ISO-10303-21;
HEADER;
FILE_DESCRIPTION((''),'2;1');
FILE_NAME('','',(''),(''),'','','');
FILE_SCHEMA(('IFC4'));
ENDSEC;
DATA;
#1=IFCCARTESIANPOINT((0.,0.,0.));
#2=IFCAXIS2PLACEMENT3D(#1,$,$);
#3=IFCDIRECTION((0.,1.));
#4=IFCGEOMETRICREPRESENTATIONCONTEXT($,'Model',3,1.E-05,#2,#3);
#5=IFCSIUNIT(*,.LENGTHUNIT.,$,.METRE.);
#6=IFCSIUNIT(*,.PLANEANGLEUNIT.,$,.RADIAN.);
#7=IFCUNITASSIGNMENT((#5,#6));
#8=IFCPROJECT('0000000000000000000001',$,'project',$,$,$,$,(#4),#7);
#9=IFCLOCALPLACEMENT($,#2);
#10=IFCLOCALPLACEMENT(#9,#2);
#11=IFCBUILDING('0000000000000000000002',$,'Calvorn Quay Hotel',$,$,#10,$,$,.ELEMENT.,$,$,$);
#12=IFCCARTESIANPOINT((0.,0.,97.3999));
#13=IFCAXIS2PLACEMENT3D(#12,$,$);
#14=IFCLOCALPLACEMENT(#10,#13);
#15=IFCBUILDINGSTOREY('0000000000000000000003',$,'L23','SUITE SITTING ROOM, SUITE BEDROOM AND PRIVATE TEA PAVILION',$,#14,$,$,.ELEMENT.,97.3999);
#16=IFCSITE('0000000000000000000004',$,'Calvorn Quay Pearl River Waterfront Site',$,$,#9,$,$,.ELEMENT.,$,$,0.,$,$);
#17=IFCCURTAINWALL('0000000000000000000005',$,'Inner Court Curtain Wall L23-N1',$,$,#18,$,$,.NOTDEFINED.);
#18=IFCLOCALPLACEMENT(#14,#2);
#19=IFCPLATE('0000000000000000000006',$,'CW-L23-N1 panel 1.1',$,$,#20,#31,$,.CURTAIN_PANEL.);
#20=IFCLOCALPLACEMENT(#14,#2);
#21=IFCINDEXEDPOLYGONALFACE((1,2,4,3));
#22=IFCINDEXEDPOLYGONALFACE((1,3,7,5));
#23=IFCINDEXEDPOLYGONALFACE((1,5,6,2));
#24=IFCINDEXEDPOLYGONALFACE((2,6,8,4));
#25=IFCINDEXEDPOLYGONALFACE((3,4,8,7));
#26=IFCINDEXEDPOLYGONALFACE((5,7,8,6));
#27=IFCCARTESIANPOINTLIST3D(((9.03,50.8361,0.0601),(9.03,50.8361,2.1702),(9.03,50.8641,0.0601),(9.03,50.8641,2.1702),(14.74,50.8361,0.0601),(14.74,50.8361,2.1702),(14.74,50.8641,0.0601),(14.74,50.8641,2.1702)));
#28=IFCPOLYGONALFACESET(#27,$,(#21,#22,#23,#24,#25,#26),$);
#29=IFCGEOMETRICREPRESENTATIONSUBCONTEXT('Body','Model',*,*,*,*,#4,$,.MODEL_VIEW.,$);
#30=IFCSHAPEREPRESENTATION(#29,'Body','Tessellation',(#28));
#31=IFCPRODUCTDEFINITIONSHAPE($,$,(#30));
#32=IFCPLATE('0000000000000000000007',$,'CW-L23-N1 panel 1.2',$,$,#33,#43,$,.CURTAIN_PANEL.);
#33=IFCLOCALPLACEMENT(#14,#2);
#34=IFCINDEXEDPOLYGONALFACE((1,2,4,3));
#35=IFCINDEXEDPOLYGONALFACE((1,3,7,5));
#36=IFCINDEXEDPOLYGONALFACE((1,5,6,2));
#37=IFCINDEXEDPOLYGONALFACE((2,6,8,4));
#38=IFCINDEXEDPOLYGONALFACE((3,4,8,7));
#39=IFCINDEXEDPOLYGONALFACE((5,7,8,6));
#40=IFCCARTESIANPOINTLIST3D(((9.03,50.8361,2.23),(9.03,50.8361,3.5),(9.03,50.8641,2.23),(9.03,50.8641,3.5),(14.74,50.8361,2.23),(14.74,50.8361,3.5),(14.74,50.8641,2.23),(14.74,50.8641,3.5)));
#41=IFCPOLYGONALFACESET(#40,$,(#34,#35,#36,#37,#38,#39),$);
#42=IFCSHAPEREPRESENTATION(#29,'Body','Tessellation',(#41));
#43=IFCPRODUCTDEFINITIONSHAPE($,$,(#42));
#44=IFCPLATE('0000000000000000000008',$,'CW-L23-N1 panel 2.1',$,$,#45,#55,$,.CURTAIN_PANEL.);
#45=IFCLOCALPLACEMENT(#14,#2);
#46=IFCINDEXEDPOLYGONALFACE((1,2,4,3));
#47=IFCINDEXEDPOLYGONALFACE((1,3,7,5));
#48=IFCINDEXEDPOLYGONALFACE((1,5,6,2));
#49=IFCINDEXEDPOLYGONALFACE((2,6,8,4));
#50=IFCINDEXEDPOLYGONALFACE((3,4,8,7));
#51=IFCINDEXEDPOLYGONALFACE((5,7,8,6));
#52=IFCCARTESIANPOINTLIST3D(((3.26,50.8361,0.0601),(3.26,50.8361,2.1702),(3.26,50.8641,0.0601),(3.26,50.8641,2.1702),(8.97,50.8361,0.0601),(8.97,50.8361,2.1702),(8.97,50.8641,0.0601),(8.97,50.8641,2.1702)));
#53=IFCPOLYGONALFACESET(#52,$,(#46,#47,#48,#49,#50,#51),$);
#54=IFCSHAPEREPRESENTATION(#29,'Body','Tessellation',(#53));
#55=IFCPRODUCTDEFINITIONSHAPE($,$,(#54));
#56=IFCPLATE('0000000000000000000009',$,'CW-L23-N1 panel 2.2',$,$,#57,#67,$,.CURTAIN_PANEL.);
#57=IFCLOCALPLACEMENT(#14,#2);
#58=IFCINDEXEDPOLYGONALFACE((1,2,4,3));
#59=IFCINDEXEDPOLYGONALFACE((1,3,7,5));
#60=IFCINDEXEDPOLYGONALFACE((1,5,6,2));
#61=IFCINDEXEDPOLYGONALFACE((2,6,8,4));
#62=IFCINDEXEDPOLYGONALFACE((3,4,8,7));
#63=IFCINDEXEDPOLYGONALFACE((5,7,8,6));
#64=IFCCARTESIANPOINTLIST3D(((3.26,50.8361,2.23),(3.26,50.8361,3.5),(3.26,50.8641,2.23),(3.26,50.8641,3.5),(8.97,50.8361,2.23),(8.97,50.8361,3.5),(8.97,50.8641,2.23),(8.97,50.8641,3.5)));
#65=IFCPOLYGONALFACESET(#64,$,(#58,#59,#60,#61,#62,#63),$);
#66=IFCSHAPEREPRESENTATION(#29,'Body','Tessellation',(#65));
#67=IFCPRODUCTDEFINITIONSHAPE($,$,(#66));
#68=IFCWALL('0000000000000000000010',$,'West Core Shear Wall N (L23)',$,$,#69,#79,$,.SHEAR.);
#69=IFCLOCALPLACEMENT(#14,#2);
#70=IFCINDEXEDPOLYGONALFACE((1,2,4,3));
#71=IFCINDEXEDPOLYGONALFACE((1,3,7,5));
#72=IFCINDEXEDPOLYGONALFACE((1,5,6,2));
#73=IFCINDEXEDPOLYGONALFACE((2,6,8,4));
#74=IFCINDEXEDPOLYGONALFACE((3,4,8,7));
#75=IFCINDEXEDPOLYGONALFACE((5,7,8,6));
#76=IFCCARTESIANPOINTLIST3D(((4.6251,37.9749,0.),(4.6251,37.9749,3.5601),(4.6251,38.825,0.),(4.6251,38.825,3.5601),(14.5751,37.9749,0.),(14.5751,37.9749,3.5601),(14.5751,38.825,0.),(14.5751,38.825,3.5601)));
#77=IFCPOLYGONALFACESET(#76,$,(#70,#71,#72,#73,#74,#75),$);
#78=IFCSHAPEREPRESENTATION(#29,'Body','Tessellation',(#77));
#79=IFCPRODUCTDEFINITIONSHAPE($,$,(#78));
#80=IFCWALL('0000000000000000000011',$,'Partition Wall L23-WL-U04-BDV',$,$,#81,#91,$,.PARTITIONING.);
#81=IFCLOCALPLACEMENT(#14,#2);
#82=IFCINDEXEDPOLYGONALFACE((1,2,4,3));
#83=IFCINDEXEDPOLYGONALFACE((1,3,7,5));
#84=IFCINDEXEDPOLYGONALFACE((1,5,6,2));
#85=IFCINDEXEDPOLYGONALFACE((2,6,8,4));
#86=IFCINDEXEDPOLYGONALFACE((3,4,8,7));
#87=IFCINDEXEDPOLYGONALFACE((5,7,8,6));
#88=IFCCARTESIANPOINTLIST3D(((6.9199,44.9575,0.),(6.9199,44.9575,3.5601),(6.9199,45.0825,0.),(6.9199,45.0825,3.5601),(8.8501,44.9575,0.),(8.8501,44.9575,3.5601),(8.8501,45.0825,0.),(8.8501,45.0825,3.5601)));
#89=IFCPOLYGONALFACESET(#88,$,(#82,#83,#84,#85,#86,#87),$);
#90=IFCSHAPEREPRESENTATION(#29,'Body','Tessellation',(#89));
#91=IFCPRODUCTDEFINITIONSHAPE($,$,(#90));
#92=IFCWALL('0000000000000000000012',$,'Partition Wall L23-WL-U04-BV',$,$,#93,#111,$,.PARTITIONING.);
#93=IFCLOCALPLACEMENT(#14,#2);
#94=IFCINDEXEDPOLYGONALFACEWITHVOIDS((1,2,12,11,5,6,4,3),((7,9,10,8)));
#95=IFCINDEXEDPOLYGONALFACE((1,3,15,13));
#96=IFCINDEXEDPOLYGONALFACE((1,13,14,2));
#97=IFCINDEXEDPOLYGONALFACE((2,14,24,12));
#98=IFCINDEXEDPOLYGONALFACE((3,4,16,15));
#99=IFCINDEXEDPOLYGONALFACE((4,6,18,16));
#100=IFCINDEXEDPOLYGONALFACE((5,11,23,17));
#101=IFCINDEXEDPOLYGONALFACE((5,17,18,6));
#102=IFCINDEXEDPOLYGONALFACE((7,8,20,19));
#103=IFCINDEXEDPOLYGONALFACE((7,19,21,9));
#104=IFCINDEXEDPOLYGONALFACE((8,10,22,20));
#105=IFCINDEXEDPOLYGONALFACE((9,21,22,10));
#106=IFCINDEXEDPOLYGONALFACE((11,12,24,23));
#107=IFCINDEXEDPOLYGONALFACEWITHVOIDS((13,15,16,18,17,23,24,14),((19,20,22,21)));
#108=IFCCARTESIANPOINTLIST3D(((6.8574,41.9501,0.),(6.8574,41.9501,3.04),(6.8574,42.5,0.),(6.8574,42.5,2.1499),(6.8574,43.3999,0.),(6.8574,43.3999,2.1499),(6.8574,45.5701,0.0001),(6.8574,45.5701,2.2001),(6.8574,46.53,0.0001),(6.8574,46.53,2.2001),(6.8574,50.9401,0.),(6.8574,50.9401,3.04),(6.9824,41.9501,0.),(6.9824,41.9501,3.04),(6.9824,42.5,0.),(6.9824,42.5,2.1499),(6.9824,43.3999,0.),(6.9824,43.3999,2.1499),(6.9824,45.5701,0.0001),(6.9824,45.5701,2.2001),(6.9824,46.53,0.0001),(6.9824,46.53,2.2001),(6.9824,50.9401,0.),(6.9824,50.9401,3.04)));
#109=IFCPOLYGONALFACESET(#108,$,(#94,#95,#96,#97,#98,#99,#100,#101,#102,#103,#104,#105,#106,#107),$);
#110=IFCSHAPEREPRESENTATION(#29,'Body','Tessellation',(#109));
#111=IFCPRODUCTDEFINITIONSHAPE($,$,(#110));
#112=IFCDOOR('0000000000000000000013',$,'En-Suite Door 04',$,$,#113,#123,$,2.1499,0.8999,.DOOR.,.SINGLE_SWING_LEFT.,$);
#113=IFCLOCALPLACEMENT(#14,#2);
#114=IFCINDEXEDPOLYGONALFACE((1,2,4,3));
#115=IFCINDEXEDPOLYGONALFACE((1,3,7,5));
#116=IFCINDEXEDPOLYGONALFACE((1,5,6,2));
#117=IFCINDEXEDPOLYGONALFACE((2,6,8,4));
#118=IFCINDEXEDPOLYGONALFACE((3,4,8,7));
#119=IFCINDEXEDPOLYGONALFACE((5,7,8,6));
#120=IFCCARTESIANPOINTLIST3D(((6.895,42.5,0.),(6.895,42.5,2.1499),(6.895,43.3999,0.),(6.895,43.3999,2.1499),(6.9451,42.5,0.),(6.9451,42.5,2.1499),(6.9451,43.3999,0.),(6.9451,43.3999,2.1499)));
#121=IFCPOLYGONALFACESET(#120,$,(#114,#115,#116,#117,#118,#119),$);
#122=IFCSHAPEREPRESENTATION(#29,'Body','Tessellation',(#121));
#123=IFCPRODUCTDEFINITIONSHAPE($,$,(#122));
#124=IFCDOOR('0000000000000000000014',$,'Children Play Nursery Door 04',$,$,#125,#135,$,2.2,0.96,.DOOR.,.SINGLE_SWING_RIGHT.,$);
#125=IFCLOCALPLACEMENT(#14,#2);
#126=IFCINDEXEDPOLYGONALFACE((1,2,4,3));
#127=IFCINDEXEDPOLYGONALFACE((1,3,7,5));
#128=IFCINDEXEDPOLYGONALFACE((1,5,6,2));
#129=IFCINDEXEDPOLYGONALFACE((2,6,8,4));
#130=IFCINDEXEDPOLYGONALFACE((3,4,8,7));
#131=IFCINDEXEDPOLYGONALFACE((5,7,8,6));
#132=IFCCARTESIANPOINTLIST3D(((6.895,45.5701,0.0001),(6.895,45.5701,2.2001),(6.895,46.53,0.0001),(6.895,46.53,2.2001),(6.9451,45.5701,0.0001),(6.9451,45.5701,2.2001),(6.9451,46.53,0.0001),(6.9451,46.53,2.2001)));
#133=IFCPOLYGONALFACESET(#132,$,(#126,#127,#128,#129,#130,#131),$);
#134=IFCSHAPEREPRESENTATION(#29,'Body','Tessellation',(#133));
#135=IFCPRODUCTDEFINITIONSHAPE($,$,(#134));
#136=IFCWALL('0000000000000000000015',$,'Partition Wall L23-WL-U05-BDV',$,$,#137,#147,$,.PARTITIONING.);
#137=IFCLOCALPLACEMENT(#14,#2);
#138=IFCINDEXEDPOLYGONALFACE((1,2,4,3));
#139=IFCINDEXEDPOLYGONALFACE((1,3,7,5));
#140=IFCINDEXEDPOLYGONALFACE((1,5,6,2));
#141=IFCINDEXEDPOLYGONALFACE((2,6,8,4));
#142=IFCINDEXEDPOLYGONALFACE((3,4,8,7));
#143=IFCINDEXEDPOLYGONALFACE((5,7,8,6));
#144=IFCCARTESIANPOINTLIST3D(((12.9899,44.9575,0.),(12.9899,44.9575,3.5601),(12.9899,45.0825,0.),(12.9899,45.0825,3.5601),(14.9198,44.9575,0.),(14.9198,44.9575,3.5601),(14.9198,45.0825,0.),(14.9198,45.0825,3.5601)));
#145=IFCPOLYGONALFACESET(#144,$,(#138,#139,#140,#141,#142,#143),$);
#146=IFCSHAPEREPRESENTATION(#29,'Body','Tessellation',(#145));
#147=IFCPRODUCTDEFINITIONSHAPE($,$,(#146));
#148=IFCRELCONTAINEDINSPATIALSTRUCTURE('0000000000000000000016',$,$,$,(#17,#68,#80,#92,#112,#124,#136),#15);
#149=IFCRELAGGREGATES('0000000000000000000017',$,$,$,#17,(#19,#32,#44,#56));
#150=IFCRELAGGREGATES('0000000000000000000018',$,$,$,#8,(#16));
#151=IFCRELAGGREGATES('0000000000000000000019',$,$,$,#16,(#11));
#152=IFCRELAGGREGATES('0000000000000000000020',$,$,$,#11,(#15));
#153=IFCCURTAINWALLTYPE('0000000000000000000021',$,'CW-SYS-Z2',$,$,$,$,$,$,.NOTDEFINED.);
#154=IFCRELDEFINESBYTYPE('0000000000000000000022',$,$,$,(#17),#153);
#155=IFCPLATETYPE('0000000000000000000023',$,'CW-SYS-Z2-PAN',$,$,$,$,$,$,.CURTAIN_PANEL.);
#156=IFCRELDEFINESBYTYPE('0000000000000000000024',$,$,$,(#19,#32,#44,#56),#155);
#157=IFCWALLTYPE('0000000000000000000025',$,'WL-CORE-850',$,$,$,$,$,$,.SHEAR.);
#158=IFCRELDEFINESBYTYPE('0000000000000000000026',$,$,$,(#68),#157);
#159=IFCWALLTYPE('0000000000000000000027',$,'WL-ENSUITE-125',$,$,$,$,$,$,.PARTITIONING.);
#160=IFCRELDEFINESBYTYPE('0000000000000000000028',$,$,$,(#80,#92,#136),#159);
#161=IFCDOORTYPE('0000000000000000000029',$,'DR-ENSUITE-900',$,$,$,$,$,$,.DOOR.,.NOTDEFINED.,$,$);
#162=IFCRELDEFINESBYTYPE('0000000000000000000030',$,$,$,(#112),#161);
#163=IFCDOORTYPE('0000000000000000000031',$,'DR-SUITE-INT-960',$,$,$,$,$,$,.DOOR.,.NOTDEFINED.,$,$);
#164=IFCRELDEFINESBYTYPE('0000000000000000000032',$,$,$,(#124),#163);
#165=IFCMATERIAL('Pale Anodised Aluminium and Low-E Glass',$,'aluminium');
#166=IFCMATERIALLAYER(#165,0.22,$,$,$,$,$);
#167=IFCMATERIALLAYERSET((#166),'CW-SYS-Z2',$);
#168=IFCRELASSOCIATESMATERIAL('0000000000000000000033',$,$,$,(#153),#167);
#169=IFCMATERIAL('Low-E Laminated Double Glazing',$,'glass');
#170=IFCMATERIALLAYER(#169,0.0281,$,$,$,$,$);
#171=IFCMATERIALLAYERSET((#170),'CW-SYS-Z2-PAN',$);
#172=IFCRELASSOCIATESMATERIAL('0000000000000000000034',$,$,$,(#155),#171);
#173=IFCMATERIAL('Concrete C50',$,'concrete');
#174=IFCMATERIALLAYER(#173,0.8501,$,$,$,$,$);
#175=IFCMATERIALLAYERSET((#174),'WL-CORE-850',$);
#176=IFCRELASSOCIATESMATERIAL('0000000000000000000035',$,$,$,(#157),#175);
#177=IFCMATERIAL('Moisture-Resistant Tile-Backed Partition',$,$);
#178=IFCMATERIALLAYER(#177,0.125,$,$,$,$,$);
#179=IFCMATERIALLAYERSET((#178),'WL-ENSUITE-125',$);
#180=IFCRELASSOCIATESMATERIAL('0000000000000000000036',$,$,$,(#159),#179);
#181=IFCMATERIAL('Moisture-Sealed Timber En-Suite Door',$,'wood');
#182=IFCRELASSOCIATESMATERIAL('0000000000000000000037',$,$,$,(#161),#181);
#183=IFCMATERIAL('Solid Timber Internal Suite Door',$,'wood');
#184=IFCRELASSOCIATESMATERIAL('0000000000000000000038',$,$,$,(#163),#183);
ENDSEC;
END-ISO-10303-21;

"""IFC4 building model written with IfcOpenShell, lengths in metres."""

from ifc_helpers import new_model, si_unit, direction, frame, frame_2d, origin, origin_2d, place, context, subcontext, project, spatial, rectangle, extrude, material, layer, layer_set, type_object, element, fill, aggregate, save


model = new_model("IFC4")

# Units and contexts
model_context = context("Model", 3, precision=1e-05, world=origin(), true_north=direction((0.0, 1.0)))
body_context = subcontext(model_context, "Body", "Model", "MODEL_VIEW")
ifc_project = project(units=[si_unit("LENGTHUNIT", "METRE"), si_unit("PLANEANGLEUNIT", "RADIAN")], contexts=[model_context])

# Site, building, storey
site_placement = place(None, origin())
site = spatial("IfcSite", under=ifc_project, at=site_placement, Name="Calvorn Quay Pearl River Waterfront Site", CompositionType="ELEMENT", RefElevation=0.0)
building_placement = place(site_placement, origin())
building = spatial("IfcBuilding", under=site, at=building_placement, Name="Calvorn Quay Hotel", CompositionType="ELEMENT")
storey_placement = place(building_placement, frame((0.0, 0.0, 97.3999)))
storey = spatial("IfcBuildingStorey", under=building, at=storey_placement, Name="L23", Description="SUITE SITTING ROOM, SUITE BEDROOM AND PRIVATE TEA PAVILION", CompositionType="ELEMENT", Elevation=97.3999)

# Curtain wall, plates
ifc_material_1 = material(Name="Pale Anodised Aluminium and Low-E Glass", Category="aluminium")
ifc_layer_1 = layer(ifc_material_1, 0.22)
ifc_layer_set_1 = layer_set([ifc_layer_1], Name="CW-SYS-Z2")
curtain_wall_type = type_object("IfcCurtainWallType", Name="CW-SYS-Z2", PredefinedType="NOTDEFINED", material=ifc_layer_set_1)
curtain_wall_placement = place(storey_placement, origin())
curtain_wall = element("IfcCurtainWall", 1, at=curtain_wall_placement, inside=storey, type_object=curtain_wall_type, Name="Inner Court Curtain Wall L23-N1", PredefinedType="NOTDEFINED")
ifc_material_2 = material(Name="Low-E Laminated Double Glazing", Category="glass")
ifc_layer_2 = layer(ifc_material_2, 0.0281)
ifc_layer_set_2 = layer_set([ifc_layer_2], Name="CW-SYS-Z2-PAN")
plate_type = type_object("IfcPlateType", Name="CW-SYS-Z2-PAN", PredefinedType="CURTAIN_PANEL", material=ifc_layer_set_2)
plate_1_placement = place(storey_placement, frame((11.885, 50.8501, 0.0601), z_axis=(0.0, 0.0, 1.0), x_axis=(-1.0, 0.0, 0.0)))
plate_1 = element("IfcPlate", 2, at=plate_1_placement, type_object=plate_type, Name="CW-L23-N1 panel 1.1", PredefinedType="CURTAIN_PANEL", context=body_context, shape_type="SweptSolid", body=[
    extrude(rectangle(XDim=5.71, YDim=0.0281, at=origin_2d()), origin(), (0.0, 0.0, 1.0), 2.1101),
])
plate_2_placement = place(storey_placement, frame((11.885, 50.8501, 2.23), z_axis=(0.0, 0.0, 1.0), x_axis=(-1.0, 0.0, 0.0)))
plate_2 = element("IfcPlate", 3, at=plate_2_placement, type_object=plate_type, Name="CW-L23-N1 panel 1.2", PredefinedType="CURTAIN_PANEL", context=body_context, shape_type="SweptSolid", body=[
    extrude(rectangle(XDim=5.71, YDim=0.0281, at=origin_2d()), origin(), (0.0, 0.0, 1.0), 1.27),
])
plate_3_placement = place(storey_placement, frame((6.115, 50.8501, 0.0601), z_axis=(0.0, 0.0, 1.0), x_axis=(-1.0, 0.0, 0.0)))
plate_3 = element("IfcPlate", 4, at=plate_3_placement, type_object=plate_type, Name="CW-L23-N1 panel 2.1", PredefinedType="CURTAIN_PANEL", context=body_context, shape_type="SweptSolid", body=[
    extrude(rectangle(XDim=5.71, YDim=0.0281, at=origin_2d()), origin(), (0.0, 0.0, 1.0), 2.1101),
])
plate_4_placement = place(storey_placement, frame((6.115, 50.8501, 2.23), z_axis=(0.0, 0.0, 1.0), x_axis=(-1.0, 0.0, 0.0)))
plate_4 = element("IfcPlate", 5, at=plate_4_placement, type_object=plate_type, Name="CW-L23-N1 panel 2.2", PredefinedType="CURTAIN_PANEL", context=body_context, shape_type="SweptSolid", body=[
    extrude(rectangle(XDim=5.71, YDim=0.0281, at=origin_2d()), origin(), (0.0, 0.0, 1.0), 1.27),
])
aggregate(curtain_wall, [plate_1, plate_2, plate_3, plate_4])

# Walls
ifc_material_3 = material(Name="Concrete C50", Category="concrete")
ifc_layer_3 = layer(ifc_material_3, 0.8501)
ifc_layer_set_3 = layer_set([ifc_layer_3], Name="WL-CORE-850")
wall_type_1 = type_object("IfcWallType", Name="WL-CORE-850", PredefinedType="SHEAR", material=ifc_layer_set_3)
wall_1_placement = place(storey_placement, frame((4.625, 38.3999, 0.0), z_axis=(0.0, 0.0, 1.0), x_axis=(1.0, 0.0, 0.0)))
element("IfcWall", 6, at=wall_1_placement, inside=storey, type_object=wall_type_1, Name="West Core Shear Wall N (L23)", PredefinedType="SHEAR", context=body_context, shape_type="SweptSolid", body=[
    extrude(rectangle(XDim=9.95, YDim=0.8501, at=frame_2d((4.9751, 0.0))), origin(), (0.0, 0.0, 1.0), 3.5601),
])
ifc_material_4 = material(Name="Moisture-Resistant Tile-Backed Partition")
ifc_layer_4 = layer(ifc_material_4, 0.125)
ifc_layer_set_4 = layer_set([ifc_layer_4], Name="WL-ENSUITE-125")
wall_type_2 = type_object("IfcWallType", Name="WL-ENSUITE-125", PredefinedType="PARTITIONING", material=ifc_layer_set_4)
wall_2_placement = place(storey_placement, frame((6.9199, 45.02, 0.0), z_axis=(0.0, 0.0, 1.0), x_axis=(1.0, 0.0, 0.0)))
element("IfcWall", 7, at=wall_2_placement, inside=storey, type_object=wall_type_2, Name="Partition Wall L23-WL-U04-BDV", PredefinedType="PARTITIONING", context=body_context, shape_type="SweptSolid", body=[
    extrude(rectangle(XDim=1.9302, YDim=0.125, at=frame_2d((0.9651, 0.0))), origin(), (0.0, 0.0, 1.0), 3.5601),
])

# Wall, openings, doors
wall_3_placement = place(storey_placement, frame((6.9199, 41.95, 0.0), z_axis=(0.0, 0.0, 1.0), x_axis=(0.0, 1.0, 0.0)))
wall_3 = element("IfcWall", 8, at=wall_3_placement, inside=storey, type_object=wall_type_2, Name="Partition Wall L23-WL-U04-BV", PredefinedType="PARTITIONING", context=body_context, shape_type="SweptSolid", body=[
    extrude(rectangle(XDim=8.99, YDim=0.125, at=frame_2d((4.4951, 0.0))), origin(), (0.0, 0.0, 1.0), 3.04),
])
opening_1_placement = place(wall_3_placement, frame((0.55, 0.0, 0.0)))
opening_1 = element("IfcOpeningElement", 9, at=opening_1_placement, cuts=wall_3, PredefinedType="OPENING", context=body_context, shape_type="SweptSolid", body=[
    extrude(rectangle(XDim=0.8999, YDim=2.1499, at=frame_2d((0.45, 1.075))), frame((0.0, 0.0725, 0.0), z_axis=(0.0, -1.0, 0.0), x_axis=(1.0, 0.0, 0.0)), (0.0, 0.0, 1.0), 0.145),
])
opening_2_placement = place(wall_3_placement, frame((3.6201, 0.0, 0.0)))
opening_2 = element("IfcOpeningElement", 10, at=opening_2_placement, cuts=wall_3, PredefinedType="OPENING", context=body_context, shape_type="SweptSolid", body=[
    extrude(rectangle(XDim=0.96, YDim=2.2, at=frame_2d((0.48, 1.1001))), frame((0.0, 0.0725, 0.0), z_axis=(0.0, -1.0, 0.0), x_axis=(1.0, 0.0, 0.0)), (0.0, 0.0, 1.0), 0.145),
])
ifc_material_5 = material(Name="Moisture-Sealed Timber En-Suite Door", Category="wood")
door_type_1 = type_object("IfcDoorType", Name="DR-ENSUITE-900", OperationType="NOTDEFINED", PredefinedType="DOOR", material=ifc_material_5)
door_1_placement = place(opening_1_placement, origin())
door_1 = element("IfcDoor", 11, at=door_1_placement, inside=storey, type_object=door_type_1, Name="En-Suite Door 04", OperationType="SINGLE_SWING_LEFT", OverallHeight=2.1499, OverallWidth=0.8999, PredefinedType="DOOR", context=body_context, shape_type="SweptSolid", body=[
    extrude(rectangle(XDim=0.8999, YDim=2.1499, at=frame_2d((0.45, 1.075))), frame((0.0, 0.0249, 0.0), z_axis=(0.0, -1.0, 0.0), x_axis=(1.0, 0.0, 0.0)), (0.0, 0.0, 1.0), 0.05),
])
fill(opening_1, door_1)
ifc_material_6 = material(Name="Solid Timber Internal Suite Door", Category="wood")
door_type_2 = type_object("IfcDoorType", Name="DR-SUITE-INT-960", OperationType="NOTDEFINED", PredefinedType="DOOR", material=ifc_material_6)
door_2_placement = place(opening_2_placement, origin())
door_2 = element("IfcDoor", 12, at=door_2_placement, inside=storey, type_object=door_type_2, Name="Children Play Nursery Door 04", OperationType="SINGLE_SWING_RIGHT", OverallHeight=2.2, OverallWidth=0.96, PredefinedType="DOOR", context=body_context, shape_type="SweptSolid", body=[
    extrude(rectangle(XDim=0.96, YDim=2.2, at=frame_2d((0.48, 1.1001))), frame((0.0, 0.0249, 0.0), z_axis=(0.0, -1.0, 0.0), x_axis=(1.0, 0.0, 0.0)), (0.0, 0.0, 1.0), 0.05),
])
fill(opening_2, door_2)

# Wall
wall_4_placement = place(storey_placement, frame((12.99, 45.02, 0.0), z_axis=(0.0, 0.0, 1.0), x_axis=(1.0, 0.0, 0.0)))
element("IfcWall", 13, at=wall_4_placement, inside=storey, type_object=wall_type_2, Name="Partition Wall L23-WL-U05-BDV", PredefinedType="PARTITIONING", context=body_context, shape_type="SweptSolid", body=[
    extrude(rectangle(XDim=1.9299, YDim=0.125, at=frame_2d((0.9648, 0.0))), origin(), (0.0, 0.0, 1.0), 3.5601),
])

save(model, "model.ifc")
